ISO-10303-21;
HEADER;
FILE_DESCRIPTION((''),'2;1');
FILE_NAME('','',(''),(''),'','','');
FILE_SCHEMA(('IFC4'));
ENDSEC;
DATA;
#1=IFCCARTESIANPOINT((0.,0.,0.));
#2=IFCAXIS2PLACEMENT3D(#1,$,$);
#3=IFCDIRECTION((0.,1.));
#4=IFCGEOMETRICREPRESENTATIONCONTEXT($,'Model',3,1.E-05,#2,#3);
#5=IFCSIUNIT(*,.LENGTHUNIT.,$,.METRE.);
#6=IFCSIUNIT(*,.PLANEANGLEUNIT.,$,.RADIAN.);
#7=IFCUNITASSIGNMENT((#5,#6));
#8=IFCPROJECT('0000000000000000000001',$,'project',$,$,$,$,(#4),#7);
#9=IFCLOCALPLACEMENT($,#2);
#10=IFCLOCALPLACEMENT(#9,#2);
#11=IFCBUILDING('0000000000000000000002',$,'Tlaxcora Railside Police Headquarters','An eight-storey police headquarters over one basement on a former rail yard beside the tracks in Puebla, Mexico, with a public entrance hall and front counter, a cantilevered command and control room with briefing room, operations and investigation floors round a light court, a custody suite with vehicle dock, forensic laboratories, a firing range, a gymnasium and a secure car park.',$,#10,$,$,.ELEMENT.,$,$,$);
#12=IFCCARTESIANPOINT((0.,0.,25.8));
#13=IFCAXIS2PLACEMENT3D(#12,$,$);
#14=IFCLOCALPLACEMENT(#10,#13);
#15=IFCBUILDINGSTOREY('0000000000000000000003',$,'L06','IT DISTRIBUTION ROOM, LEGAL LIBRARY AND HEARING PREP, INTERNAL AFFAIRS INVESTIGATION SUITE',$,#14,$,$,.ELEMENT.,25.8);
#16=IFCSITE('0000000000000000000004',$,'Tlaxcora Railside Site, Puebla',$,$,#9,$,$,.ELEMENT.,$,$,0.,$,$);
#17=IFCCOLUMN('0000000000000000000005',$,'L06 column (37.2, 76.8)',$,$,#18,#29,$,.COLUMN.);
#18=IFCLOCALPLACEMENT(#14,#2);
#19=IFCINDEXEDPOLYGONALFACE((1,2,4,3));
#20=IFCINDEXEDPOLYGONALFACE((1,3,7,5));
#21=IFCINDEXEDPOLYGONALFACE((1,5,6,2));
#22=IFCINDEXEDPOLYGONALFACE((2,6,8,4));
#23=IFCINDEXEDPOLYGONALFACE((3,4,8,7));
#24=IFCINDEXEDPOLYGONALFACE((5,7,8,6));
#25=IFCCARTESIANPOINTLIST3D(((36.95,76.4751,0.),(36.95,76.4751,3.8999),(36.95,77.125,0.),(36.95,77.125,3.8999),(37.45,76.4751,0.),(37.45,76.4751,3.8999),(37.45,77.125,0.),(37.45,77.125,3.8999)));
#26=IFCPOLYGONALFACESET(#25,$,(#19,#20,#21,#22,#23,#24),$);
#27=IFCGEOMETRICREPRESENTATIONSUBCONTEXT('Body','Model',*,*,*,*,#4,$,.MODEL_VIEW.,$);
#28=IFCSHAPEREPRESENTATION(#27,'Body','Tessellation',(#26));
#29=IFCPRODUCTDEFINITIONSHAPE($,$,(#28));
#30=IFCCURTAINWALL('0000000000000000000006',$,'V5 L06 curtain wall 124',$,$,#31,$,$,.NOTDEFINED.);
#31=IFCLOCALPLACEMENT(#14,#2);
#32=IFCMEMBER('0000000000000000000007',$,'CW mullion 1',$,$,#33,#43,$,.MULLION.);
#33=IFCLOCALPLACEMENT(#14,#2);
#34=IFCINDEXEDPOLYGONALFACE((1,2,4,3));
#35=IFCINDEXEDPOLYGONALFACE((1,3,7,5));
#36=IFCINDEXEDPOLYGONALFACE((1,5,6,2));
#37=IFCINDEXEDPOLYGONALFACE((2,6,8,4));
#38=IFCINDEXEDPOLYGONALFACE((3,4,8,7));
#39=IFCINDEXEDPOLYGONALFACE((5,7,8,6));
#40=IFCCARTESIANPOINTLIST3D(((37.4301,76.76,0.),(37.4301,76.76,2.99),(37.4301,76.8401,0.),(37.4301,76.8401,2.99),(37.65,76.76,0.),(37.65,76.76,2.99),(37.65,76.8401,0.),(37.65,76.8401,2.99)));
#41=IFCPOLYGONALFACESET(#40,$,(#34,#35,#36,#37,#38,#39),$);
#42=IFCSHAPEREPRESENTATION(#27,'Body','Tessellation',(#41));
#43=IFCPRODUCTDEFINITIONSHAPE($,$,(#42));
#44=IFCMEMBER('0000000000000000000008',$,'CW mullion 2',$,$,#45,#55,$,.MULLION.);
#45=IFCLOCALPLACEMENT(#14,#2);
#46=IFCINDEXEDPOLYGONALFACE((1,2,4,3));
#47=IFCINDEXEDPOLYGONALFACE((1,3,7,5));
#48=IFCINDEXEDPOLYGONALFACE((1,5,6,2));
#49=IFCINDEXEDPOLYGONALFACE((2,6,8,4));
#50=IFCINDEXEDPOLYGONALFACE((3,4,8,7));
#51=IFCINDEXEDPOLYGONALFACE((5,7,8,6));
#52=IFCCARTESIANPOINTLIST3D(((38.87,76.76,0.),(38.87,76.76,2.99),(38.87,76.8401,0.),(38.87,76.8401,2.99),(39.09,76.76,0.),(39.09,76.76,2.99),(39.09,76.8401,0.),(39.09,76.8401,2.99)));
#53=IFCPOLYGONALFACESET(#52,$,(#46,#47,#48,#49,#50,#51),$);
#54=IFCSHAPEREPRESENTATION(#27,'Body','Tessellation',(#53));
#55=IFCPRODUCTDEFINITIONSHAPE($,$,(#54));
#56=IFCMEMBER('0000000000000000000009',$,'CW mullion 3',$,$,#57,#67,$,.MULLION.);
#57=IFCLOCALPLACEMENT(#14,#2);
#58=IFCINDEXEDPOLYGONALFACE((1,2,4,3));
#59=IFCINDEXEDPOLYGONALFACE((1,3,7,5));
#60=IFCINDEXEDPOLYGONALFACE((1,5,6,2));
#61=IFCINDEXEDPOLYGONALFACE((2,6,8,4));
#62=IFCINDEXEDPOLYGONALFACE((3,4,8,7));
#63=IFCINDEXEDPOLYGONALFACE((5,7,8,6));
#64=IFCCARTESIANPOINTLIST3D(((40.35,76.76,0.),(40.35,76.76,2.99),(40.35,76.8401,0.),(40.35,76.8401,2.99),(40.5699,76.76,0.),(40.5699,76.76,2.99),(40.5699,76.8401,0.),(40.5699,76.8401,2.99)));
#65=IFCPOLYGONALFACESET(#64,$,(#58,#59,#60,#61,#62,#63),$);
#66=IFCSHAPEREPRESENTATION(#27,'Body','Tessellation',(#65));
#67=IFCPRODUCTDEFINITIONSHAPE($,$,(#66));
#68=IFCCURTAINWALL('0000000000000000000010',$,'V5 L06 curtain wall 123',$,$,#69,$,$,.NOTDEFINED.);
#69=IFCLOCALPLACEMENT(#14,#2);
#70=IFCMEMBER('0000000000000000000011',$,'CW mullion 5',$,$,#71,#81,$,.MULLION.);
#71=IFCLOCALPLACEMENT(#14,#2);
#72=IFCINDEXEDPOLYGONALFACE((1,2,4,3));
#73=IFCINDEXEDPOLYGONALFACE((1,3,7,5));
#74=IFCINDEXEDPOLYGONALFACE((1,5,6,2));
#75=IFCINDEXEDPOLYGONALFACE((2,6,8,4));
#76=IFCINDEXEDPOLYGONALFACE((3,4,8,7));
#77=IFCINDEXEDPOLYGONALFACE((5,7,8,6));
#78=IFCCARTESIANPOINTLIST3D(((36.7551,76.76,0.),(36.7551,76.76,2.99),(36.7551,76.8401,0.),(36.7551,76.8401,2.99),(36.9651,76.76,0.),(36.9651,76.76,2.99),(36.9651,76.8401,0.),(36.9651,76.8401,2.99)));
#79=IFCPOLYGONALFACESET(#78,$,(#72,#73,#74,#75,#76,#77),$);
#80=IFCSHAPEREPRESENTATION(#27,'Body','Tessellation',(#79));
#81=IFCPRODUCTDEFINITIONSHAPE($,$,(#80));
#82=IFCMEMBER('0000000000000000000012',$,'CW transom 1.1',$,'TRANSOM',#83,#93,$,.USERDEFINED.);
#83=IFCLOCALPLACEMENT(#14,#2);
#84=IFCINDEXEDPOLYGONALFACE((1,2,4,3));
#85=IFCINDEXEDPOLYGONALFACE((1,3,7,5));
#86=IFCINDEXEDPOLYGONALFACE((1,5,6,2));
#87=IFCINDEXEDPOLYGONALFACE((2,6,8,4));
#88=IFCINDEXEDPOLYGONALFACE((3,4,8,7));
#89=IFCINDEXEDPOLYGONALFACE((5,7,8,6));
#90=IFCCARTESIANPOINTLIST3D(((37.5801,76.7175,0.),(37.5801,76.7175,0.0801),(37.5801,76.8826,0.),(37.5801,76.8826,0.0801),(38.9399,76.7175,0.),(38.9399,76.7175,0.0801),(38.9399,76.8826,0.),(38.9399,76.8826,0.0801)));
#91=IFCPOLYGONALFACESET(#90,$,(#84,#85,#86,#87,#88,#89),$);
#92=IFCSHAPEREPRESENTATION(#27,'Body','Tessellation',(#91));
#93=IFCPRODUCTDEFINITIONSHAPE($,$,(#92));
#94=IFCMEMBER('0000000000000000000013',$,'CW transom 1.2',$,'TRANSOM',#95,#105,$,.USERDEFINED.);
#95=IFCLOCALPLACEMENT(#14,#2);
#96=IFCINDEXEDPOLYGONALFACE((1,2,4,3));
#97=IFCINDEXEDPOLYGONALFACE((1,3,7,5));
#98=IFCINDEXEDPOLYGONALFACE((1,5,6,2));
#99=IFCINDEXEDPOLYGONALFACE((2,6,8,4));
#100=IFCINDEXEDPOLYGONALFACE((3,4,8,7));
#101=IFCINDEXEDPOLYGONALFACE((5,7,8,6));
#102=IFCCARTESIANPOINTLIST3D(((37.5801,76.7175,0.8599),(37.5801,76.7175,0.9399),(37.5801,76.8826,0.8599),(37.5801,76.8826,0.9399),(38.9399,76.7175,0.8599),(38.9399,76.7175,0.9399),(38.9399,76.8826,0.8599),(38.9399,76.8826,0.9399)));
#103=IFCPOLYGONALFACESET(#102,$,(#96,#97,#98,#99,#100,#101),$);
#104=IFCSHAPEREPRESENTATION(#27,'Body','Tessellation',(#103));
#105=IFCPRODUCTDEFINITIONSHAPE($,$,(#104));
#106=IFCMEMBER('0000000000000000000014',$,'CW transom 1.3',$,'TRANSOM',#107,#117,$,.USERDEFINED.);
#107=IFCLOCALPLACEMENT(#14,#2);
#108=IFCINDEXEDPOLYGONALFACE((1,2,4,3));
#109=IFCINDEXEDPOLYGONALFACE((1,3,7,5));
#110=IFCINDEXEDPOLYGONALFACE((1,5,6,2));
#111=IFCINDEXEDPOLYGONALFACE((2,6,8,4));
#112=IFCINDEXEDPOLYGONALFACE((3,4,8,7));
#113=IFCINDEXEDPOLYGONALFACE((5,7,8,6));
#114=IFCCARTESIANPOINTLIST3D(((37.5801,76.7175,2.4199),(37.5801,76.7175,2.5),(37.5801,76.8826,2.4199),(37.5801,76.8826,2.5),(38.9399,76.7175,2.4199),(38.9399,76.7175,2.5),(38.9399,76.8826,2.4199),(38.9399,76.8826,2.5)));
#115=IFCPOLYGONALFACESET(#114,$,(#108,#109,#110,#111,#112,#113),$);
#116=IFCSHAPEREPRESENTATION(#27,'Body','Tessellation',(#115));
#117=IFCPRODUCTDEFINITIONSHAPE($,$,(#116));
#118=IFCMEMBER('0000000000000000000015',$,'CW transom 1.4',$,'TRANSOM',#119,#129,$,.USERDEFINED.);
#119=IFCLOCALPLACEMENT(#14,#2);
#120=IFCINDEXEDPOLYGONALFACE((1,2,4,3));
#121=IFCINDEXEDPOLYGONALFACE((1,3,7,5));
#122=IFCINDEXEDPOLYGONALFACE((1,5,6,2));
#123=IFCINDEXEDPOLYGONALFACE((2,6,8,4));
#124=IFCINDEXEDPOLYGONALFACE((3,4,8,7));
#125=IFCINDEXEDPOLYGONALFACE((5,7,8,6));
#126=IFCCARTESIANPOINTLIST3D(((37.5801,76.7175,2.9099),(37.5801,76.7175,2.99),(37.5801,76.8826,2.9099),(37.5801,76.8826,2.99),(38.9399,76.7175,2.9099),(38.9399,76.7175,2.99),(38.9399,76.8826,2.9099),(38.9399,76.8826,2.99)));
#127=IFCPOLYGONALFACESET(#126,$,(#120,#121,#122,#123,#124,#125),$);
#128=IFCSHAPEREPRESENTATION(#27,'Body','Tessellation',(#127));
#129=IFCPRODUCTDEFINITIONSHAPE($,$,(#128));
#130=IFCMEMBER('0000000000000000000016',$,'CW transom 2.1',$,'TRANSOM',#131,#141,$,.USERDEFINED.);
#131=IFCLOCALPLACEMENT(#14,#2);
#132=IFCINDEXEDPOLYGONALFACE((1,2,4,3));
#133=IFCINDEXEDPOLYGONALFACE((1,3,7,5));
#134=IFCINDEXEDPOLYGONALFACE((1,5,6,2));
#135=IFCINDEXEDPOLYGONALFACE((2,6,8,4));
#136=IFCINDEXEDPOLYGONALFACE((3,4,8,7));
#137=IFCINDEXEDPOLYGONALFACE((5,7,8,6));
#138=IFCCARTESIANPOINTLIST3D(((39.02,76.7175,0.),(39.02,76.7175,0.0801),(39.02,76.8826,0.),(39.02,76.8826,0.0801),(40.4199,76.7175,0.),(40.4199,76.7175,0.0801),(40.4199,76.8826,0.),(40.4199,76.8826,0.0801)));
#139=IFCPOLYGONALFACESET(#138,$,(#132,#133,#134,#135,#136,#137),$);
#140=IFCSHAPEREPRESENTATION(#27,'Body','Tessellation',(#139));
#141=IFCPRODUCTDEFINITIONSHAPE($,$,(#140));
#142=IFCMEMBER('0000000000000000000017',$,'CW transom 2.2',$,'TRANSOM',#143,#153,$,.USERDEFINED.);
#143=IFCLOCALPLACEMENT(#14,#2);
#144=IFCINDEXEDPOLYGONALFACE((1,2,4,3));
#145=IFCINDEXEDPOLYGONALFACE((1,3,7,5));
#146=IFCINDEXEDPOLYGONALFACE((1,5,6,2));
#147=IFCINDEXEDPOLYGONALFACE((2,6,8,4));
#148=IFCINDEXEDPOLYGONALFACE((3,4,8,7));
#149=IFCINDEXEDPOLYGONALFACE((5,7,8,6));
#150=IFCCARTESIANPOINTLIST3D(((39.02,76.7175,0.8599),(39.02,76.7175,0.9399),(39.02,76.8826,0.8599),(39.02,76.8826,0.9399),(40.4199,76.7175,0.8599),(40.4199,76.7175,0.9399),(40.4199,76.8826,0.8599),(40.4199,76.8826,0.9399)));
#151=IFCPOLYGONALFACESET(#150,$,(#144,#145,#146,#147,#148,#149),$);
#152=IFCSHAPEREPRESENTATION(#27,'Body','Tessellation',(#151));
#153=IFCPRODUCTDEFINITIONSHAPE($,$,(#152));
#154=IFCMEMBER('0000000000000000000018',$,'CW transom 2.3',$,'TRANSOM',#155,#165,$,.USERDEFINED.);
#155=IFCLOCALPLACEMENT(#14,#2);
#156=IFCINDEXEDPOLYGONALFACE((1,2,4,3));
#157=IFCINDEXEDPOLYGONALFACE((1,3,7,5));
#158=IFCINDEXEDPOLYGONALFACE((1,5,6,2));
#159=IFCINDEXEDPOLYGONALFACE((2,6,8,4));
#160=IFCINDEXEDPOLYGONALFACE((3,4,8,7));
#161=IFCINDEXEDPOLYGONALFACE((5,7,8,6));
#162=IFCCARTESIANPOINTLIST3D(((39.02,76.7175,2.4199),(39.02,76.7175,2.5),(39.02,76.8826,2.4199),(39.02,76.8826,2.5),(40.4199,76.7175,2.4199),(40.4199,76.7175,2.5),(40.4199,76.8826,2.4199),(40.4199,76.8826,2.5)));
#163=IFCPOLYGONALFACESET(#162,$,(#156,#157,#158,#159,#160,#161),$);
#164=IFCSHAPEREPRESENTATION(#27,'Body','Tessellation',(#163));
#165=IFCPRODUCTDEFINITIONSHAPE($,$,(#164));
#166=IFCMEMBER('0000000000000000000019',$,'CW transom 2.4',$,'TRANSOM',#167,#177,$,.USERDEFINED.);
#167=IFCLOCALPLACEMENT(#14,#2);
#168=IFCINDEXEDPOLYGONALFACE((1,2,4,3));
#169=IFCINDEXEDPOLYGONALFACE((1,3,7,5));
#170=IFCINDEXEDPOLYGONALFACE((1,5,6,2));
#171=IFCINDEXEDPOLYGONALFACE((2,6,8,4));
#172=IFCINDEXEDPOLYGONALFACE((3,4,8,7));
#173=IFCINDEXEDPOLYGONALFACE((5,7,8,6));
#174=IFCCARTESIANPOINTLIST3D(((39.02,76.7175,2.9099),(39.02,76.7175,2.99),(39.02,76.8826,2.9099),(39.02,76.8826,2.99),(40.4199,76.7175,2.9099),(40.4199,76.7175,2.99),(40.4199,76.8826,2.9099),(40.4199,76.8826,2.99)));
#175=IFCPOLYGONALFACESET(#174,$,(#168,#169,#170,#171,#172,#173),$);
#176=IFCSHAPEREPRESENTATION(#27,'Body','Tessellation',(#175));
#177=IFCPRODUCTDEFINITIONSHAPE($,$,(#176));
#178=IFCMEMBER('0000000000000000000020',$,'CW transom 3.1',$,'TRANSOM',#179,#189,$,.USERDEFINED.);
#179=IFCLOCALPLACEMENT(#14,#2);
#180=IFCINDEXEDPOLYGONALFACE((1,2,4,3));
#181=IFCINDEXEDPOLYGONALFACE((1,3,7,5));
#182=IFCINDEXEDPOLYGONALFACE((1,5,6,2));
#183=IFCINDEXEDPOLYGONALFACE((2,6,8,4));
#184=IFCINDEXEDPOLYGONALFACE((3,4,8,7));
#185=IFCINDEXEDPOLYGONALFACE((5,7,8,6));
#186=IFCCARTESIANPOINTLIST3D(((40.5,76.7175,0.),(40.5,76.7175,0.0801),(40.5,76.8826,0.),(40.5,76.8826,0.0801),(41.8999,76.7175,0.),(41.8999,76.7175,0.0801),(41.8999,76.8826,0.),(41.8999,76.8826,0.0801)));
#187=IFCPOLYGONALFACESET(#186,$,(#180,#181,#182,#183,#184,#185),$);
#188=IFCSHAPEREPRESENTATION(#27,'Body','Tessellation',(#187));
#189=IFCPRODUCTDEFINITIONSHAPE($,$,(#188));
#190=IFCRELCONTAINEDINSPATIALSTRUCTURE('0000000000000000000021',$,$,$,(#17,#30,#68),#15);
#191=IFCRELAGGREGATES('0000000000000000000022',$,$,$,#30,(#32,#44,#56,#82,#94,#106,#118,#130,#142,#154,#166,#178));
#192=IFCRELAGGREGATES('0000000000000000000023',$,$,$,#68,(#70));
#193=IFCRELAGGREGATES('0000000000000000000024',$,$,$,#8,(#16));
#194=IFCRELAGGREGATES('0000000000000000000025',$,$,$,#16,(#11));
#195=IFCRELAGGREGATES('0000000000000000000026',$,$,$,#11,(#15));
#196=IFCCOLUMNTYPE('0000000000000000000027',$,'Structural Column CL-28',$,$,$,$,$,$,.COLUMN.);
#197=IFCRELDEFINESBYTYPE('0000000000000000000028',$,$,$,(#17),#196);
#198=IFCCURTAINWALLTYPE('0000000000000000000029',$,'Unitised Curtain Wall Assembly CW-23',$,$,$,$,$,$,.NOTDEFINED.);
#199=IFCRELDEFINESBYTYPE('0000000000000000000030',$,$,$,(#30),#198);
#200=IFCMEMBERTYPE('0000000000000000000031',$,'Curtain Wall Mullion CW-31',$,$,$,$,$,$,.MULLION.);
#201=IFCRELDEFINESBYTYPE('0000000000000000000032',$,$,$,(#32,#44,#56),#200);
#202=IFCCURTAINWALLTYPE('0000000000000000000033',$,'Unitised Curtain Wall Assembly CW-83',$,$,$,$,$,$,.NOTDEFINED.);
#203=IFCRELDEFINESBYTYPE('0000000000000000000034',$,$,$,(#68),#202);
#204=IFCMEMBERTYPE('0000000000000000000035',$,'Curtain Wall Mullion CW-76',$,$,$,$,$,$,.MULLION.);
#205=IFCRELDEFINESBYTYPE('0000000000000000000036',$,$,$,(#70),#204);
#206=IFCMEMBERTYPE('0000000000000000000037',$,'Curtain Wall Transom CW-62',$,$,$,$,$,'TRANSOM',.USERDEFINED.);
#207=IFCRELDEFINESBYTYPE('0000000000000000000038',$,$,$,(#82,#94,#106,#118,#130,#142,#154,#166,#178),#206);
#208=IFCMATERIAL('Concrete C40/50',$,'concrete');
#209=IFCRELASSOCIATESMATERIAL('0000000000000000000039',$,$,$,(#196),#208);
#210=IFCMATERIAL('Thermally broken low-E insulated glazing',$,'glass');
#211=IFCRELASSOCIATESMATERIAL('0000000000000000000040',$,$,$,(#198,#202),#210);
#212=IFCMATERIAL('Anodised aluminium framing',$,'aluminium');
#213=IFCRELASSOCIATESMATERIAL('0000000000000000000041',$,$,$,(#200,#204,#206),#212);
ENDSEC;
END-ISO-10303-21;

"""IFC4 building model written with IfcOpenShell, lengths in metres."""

from ifc_helpers import new_model, si_unit, direction, frame, origin, origin_2d, place, context, subcontext, project, spatial, rectangle, extrude, material, material_profile, profile_set, type_object, element, aggregate, save


model = new_model("IFC4")

# Units and contexts
model_context = context("Model", 3, precision=1e-05, world=origin(), true_north=direction((0.0, 1.0)))
body_context = subcontext(model_context, "Body", "Model", "MODEL_VIEW")
ifc_project = project(units=[si_unit("LENGTHUNIT", "METRE"), si_unit("PLANEANGLEUNIT", "RADIAN")], contexts=[model_context])

# Site, building, storey
site_placement = place(None, origin())
site = spatial("IfcSite", under=ifc_project, at=site_placement, Name="Tlaxcora Railside Site, Puebla", CompositionType="ELEMENT", RefElevation=0.0)
building_placement = place(site_placement, origin())
building = spatial("IfcBuilding", under=site, at=building_placement, Name="Tlaxcora Railside Police Headquarters", Description="An eight-storey police headquarters over one basement on a former rail yard beside the tracks in Puebla, Mexico, with a public entrance hall and front counter, a cantilevered command and control room with briefing room, operations and investigation floors round a light court, a custody suite with vehicle dock, forensic laboratories, a firing range, a gymnasium and a secure car park.", CompositionType="ELEMENT")
storey_placement = place(building_placement, frame((0.0, 0.0, 25.8)))
storey = spatial("IfcBuildingStorey", under=building, at=storey_placement, Name="L06", Description="IT DISTRIBUTION ROOM, LEGAL LIBRARY AND HEARING PREP, INTERNAL AFFAIRS INVESTIGATION SUITE", CompositionType="ELEMENT", Elevation=25.8)

# Column
ifc_material_1 = material(Name="Concrete C40/50", Category="concrete")
ifc_material_profile_1 = material_profile(ifc_material_1, rectangle(XDim=0.5, YDim=0.6499, at=origin_2d()), Name="RC500X650")
ifc_profile_set_1 = profile_set([ifc_material_profile_1], Name="Concrete C40/50")
column_type = type_object("IfcColumnType", Name="Structural Column CL-28", PredefinedType="COLUMN", material=ifc_profile_set_1)
column_placement = place(storey_placement, frame((37.2, 76.8, 0.0), z_axis=(0.0, 0.0, 1.0), x_axis=(1.0, 0.0, 0.0)))
element("IfcColumn", 1, at=column_placement, inside=storey, type_object=column_type, Name="L06 column (37.2, 76.8)", PredefinedType="COLUMN", context=body_context, shape_type="SweptSolid", body=[
    extrude(rectangle(XDim=0.5, YDim=0.6499, at=origin_2d()), origin(), (0.0, 0.0, 1.0), 3.8999),
])

# Curtain wall, members
ifc_material_2 = material(Name="Thermally broken low-E insulated glazing", Category="glass")
curtain_wall_type_1 = type_object("IfcCurtainWallType", Name="Unitised Curtain Wall Assembly CW-23", PredefinedType="NOTDEFINED", material=ifc_material_2)
curtain_wall_1_placement = place(storey_placement, origin())
curtain_wall_1 = element("IfcCurtainWall", 2, at=curtain_wall_1_placement, inside=storey, type_object=curtain_wall_type_1, Name="V5 L06 curtain wall 124", PredefinedType="NOTDEFINED")
ifc_material_3 = material(Name="Anodised aluminium framing", Category="aluminium")
ifc_material_profile_2 = material_profile(ifc_material_3, rectangle(XDim=0.0801, YDim=0.22, at=origin_2d()), Name="AL80X220")
ifc_profile_set_2 = profile_set([ifc_material_profile_2], Name="Anodised aluminium framing")
member_type_1 = type_object("IfcMemberType", Name="Curtain Wall Mullion CW-31", PredefinedType="MULLION", material=ifc_profile_set_2)
member_1_placement = place(storey_placement, frame((37.54, 76.8, 0.0), z_axis=(0.0, 0.0, 1.0), x_axis=(0.0, 1.0, 0.0)))
member_1 = element("IfcMember", 3, at=member_1_placement, type_object=member_type_1, Name="CW mullion 1", PredefinedType="MULLION", context=body_context, shape_type="SweptSolid", body=[
    extrude(rectangle(XDim=0.0801, YDim=0.22, at=origin_2d()), origin(), (0.0, 0.0, 1.0), 2.99),
])
member_2_placement = place(storey_placement, frame((38.98, 76.8, 0.0), z_axis=(0.0, 0.0, 1.0), x_axis=(0.0, 1.0, 0.0)))
member_2 = element("IfcMember", 4, at=member_2_placement, type_object=member_type_1, Name="CW mullion 2", PredefinedType="MULLION", context=body_context, shape_type="SweptSolid", body=[
    extrude(rectangle(XDim=0.0801, YDim=0.22, at=origin_2d()), origin(), (0.0, 0.0, 1.0), 2.99),
])
member_3_placement = place(storey_placement, frame((40.46, 76.8, 0.0), z_axis=(0.0, 0.0, 1.0), x_axis=(0.0, 1.0, 0.0)))
member_3 = element("IfcMember", 5, at=member_3_placement, type_object=member_type_1, Name="CW mullion 3", PredefinedType="MULLION", context=body_context, shape_type="SweptSolid", body=[
    extrude(rectangle(XDim=0.0801, YDim=0.22, at=origin_2d()), origin(), (0.0, 0.0, 1.0), 2.99),
])

# Curtain wall, member
curtain_wall_type_2 = type_object("IfcCurtainWallType", Name="Unitised Curtain Wall Assembly CW-83", PredefinedType="NOTDEFINED", material=ifc_material_2)
curtain_wall_2_placement = place(storey_placement, origin())
curtain_wall_2 = element("IfcCurtainWall", 6, at=curtain_wall_2_placement, inside=storey, type_object=curtain_wall_type_2, Name="V5 L06 curtain wall 123", PredefinedType="NOTDEFINED")
ifc_material_profile_3 = material_profile(ifc_material_3, rectangle(XDim=0.0801, YDim=0.21, at=origin_2d()), Name="AL80X210")
ifc_profile_set_3 = profile_set([ifc_material_profile_3], Name="Anodised aluminium framing")
member_type_2 = type_object("IfcMemberType", Name="Curtain Wall Mullion CW-76", PredefinedType="MULLION", material=ifc_profile_set_3)
member_4_placement = place(storey_placement, frame((36.8601, 76.8, 0.0), z_axis=(0.0, 0.0, 1.0), x_axis=(0.0, 1.0, 0.0)))
member_4 = element("IfcMember", 7, at=member_4_placement, type_object=member_type_2, Name="CW mullion 5", PredefinedType="MULLION", context=body_context, shape_type="SweptSolid", body=[
    extrude(rectangle(XDim=0.0801, YDim=0.21, at=origin_2d()), origin(), (0.0, 0.0, 1.0), 2.99),
])

# Members
ifc_material_profile_4 = material_profile(ifc_material_3, rectangle(XDim=0.165, YDim=0.0801, at=origin_2d()), Name="AL80X165")
ifc_profile_set_4 = profile_set([ifc_material_profile_4], Name="Anodised aluminium framing")
member_type_3 = type_object("IfcMemberType", Name="Curtain Wall Transom CW-62", ElementType="TRANSOM", PredefinedType="USERDEFINED", material=ifc_profile_set_4)
member_5_placement = place(storey_placement, frame((37.5801, 76.8, 0.04), z_axis=(1.0, 0.0, 0.0), x_axis=(0.0, 1.0, 0.0)))
member_5 = element("IfcMember", 8, at=member_5_placement, type_object=member_type_3, Name="CW transom 1.1", ObjectType="TRANSOM", PredefinedType="USERDEFINED", context=body_context, shape_type="SweptSolid", body=[
    extrude(rectangle(XDim=0.165, YDim=0.0801, at=origin_2d()), origin(), (0.0, 0.0, 1.0), 1.3599),
])
member_6_placement = place(storey_placement, frame((37.5801, 76.8, 0.8999), z_axis=(1.0, 0.0, 0.0), x_axis=(0.0, 1.0, 0.0)))
member_6 = element("IfcMember", 9, at=member_6_placement, type_object=member_type_3, Name="CW transom 1.2", ObjectType="TRANSOM", PredefinedType="USERDEFINED", context=body_context, shape_type="SweptSolid", body=[
    extrude(rectangle(XDim=0.165, YDim=0.0801, at=origin_2d()), origin(), (0.0, 0.0, 1.0), 1.3599),
])
member_7_placement = place(storey_placement, frame((37.5801, 76.8, 2.46), z_axis=(1.0, 0.0, 0.0), x_axis=(0.0, 1.0, 0.0)))
member_7 = element("IfcMember", 10, at=member_7_placement, type_object=member_type_3, Name="CW transom 1.3", ObjectType="TRANSOM", PredefinedType="USERDEFINED", context=body_context, shape_type="SweptSolid", body=[
    extrude(rectangle(XDim=0.165, YDim=0.0801, at=origin_2d()), origin(), (0.0, 0.0, 1.0), 1.3599),
])
member_8_placement = place(storey_placement, frame((37.5801, 76.8, 2.95), z_axis=(1.0, 0.0, 0.0), x_axis=(0.0, 1.0, 0.0)))
member_8 = element("IfcMember", 11, at=member_8_placement, type_object=member_type_3, Name="CW transom 1.4", ObjectType="TRANSOM", PredefinedType="USERDEFINED", context=body_context, shape_type="SweptSolid", body=[
    extrude(rectangle(XDim=0.165, YDim=0.0801, at=origin_2d()), origin(), (0.0, 0.0, 1.0), 1.3599),
])
member_9_placement = place(storey_placement, frame((39.02, 76.8, 0.04), z_axis=(1.0, 0.0, 0.0), x_axis=(0.0, 1.0, 0.0)))
member_9 = element("IfcMember", 12, at=member_9_placement, type_object=member_type_3, Name="CW transom 2.1", ObjectType="TRANSOM", PredefinedType="USERDEFINED", context=body_context, shape_type="SweptSolid", body=[
    extrude(rectangle(XDim=0.165, YDim=0.0801, at=origin_2d()), origin(), (0.0, 0.0, 1.0), 1.3999),
])
member_10_placement = place(storey_placement, frame((39.02, 76.8, 0.8999), z_axis=(1.0, 0.0, 0.0), x_axis=(0.0, 1.0, 0.0)))
member_10 = element("IfcMember", 13, at=member_10_placement, type_object=member_type_3, Name="CW transom 2.2", ObjectType="TRANSOM", PredefinedType="USERDEFINED", context=body_context, shape_type="SweptSolid", body=[
    extrude(rectangle(XDim=0.165, YDim=0.0801, at=origin_2d()), origin(), (0.0, 0.0, 1.0), 1.3999),
])
member_11_placement = place(storey_placement, frame((39.02, 76.8, 2.46), z_axis=(1.0, 0.0, 0.0), x_axis=(0.0, 1.0, 0.0)))
member_11 = element("IfcMember", 14, at=member_11_placement, type_object=member_type_3, Name="CW transom 2.3", ObjectType="TRANSOM", PredefinedType="USERDEFINED", context=body_context, shape_type="SweptSolid", body=[
    extrude(rectangle(XDim=0.165, YDim=0.0801, at=origin_2d()), origin(), (0.0, 0.0, 1.0), 1.3999),
])
member_12_placement = place(storey_placement, frame((39.02, 76.8, 2.95), z_axis=(1.0, 0.0, 0.0), x_axis=(0.0, 1.0, 0.0)))
member_12 = element("IfcMember", 15, at=member_12_placement, type_object=member_type_3, Name="CW transom 2.4", ObjectType="TRANSOM", PredefinedType="USERDEFINED", context=body_context, shape_type="SweptSolid", body=[
    extrude(rectangle(XDim=0.165, YDim=0.0801, at=origin_2d()), origin(), (0.0, 0.0, 1.0), 1.3999),
])
member_13_placement = place(storey_placement, frame((40.5, 76.8, 0.04), z_axis=(1.0, 0.0, 0.0), x_axis=(0.0, 1.0, 0.0)))
member_13 = element("IfcMember", 16, at=member_13_placement, type_object=member_type_3, Name="CW transom 3.1", ObjectType="TRANSOM", PredefinedType="USERDEFINED", context=body_context, shape_type="SweptSolid", body=[
    extrude(rectangle(XDim=0.165, YDim=0.0801, at=origin_2d()), origin(), (0.0, 0.0, 1.0), 1.3999),
])

aggregate(curtain_wall_1, [member_1, member_2, member_3, member_5, member_6, member_7, member_8, member_9, member_10, member_11, member_12, member_13])
aggregate(curtain_wall_2, [member_4])

save(model, "model.ifc")
